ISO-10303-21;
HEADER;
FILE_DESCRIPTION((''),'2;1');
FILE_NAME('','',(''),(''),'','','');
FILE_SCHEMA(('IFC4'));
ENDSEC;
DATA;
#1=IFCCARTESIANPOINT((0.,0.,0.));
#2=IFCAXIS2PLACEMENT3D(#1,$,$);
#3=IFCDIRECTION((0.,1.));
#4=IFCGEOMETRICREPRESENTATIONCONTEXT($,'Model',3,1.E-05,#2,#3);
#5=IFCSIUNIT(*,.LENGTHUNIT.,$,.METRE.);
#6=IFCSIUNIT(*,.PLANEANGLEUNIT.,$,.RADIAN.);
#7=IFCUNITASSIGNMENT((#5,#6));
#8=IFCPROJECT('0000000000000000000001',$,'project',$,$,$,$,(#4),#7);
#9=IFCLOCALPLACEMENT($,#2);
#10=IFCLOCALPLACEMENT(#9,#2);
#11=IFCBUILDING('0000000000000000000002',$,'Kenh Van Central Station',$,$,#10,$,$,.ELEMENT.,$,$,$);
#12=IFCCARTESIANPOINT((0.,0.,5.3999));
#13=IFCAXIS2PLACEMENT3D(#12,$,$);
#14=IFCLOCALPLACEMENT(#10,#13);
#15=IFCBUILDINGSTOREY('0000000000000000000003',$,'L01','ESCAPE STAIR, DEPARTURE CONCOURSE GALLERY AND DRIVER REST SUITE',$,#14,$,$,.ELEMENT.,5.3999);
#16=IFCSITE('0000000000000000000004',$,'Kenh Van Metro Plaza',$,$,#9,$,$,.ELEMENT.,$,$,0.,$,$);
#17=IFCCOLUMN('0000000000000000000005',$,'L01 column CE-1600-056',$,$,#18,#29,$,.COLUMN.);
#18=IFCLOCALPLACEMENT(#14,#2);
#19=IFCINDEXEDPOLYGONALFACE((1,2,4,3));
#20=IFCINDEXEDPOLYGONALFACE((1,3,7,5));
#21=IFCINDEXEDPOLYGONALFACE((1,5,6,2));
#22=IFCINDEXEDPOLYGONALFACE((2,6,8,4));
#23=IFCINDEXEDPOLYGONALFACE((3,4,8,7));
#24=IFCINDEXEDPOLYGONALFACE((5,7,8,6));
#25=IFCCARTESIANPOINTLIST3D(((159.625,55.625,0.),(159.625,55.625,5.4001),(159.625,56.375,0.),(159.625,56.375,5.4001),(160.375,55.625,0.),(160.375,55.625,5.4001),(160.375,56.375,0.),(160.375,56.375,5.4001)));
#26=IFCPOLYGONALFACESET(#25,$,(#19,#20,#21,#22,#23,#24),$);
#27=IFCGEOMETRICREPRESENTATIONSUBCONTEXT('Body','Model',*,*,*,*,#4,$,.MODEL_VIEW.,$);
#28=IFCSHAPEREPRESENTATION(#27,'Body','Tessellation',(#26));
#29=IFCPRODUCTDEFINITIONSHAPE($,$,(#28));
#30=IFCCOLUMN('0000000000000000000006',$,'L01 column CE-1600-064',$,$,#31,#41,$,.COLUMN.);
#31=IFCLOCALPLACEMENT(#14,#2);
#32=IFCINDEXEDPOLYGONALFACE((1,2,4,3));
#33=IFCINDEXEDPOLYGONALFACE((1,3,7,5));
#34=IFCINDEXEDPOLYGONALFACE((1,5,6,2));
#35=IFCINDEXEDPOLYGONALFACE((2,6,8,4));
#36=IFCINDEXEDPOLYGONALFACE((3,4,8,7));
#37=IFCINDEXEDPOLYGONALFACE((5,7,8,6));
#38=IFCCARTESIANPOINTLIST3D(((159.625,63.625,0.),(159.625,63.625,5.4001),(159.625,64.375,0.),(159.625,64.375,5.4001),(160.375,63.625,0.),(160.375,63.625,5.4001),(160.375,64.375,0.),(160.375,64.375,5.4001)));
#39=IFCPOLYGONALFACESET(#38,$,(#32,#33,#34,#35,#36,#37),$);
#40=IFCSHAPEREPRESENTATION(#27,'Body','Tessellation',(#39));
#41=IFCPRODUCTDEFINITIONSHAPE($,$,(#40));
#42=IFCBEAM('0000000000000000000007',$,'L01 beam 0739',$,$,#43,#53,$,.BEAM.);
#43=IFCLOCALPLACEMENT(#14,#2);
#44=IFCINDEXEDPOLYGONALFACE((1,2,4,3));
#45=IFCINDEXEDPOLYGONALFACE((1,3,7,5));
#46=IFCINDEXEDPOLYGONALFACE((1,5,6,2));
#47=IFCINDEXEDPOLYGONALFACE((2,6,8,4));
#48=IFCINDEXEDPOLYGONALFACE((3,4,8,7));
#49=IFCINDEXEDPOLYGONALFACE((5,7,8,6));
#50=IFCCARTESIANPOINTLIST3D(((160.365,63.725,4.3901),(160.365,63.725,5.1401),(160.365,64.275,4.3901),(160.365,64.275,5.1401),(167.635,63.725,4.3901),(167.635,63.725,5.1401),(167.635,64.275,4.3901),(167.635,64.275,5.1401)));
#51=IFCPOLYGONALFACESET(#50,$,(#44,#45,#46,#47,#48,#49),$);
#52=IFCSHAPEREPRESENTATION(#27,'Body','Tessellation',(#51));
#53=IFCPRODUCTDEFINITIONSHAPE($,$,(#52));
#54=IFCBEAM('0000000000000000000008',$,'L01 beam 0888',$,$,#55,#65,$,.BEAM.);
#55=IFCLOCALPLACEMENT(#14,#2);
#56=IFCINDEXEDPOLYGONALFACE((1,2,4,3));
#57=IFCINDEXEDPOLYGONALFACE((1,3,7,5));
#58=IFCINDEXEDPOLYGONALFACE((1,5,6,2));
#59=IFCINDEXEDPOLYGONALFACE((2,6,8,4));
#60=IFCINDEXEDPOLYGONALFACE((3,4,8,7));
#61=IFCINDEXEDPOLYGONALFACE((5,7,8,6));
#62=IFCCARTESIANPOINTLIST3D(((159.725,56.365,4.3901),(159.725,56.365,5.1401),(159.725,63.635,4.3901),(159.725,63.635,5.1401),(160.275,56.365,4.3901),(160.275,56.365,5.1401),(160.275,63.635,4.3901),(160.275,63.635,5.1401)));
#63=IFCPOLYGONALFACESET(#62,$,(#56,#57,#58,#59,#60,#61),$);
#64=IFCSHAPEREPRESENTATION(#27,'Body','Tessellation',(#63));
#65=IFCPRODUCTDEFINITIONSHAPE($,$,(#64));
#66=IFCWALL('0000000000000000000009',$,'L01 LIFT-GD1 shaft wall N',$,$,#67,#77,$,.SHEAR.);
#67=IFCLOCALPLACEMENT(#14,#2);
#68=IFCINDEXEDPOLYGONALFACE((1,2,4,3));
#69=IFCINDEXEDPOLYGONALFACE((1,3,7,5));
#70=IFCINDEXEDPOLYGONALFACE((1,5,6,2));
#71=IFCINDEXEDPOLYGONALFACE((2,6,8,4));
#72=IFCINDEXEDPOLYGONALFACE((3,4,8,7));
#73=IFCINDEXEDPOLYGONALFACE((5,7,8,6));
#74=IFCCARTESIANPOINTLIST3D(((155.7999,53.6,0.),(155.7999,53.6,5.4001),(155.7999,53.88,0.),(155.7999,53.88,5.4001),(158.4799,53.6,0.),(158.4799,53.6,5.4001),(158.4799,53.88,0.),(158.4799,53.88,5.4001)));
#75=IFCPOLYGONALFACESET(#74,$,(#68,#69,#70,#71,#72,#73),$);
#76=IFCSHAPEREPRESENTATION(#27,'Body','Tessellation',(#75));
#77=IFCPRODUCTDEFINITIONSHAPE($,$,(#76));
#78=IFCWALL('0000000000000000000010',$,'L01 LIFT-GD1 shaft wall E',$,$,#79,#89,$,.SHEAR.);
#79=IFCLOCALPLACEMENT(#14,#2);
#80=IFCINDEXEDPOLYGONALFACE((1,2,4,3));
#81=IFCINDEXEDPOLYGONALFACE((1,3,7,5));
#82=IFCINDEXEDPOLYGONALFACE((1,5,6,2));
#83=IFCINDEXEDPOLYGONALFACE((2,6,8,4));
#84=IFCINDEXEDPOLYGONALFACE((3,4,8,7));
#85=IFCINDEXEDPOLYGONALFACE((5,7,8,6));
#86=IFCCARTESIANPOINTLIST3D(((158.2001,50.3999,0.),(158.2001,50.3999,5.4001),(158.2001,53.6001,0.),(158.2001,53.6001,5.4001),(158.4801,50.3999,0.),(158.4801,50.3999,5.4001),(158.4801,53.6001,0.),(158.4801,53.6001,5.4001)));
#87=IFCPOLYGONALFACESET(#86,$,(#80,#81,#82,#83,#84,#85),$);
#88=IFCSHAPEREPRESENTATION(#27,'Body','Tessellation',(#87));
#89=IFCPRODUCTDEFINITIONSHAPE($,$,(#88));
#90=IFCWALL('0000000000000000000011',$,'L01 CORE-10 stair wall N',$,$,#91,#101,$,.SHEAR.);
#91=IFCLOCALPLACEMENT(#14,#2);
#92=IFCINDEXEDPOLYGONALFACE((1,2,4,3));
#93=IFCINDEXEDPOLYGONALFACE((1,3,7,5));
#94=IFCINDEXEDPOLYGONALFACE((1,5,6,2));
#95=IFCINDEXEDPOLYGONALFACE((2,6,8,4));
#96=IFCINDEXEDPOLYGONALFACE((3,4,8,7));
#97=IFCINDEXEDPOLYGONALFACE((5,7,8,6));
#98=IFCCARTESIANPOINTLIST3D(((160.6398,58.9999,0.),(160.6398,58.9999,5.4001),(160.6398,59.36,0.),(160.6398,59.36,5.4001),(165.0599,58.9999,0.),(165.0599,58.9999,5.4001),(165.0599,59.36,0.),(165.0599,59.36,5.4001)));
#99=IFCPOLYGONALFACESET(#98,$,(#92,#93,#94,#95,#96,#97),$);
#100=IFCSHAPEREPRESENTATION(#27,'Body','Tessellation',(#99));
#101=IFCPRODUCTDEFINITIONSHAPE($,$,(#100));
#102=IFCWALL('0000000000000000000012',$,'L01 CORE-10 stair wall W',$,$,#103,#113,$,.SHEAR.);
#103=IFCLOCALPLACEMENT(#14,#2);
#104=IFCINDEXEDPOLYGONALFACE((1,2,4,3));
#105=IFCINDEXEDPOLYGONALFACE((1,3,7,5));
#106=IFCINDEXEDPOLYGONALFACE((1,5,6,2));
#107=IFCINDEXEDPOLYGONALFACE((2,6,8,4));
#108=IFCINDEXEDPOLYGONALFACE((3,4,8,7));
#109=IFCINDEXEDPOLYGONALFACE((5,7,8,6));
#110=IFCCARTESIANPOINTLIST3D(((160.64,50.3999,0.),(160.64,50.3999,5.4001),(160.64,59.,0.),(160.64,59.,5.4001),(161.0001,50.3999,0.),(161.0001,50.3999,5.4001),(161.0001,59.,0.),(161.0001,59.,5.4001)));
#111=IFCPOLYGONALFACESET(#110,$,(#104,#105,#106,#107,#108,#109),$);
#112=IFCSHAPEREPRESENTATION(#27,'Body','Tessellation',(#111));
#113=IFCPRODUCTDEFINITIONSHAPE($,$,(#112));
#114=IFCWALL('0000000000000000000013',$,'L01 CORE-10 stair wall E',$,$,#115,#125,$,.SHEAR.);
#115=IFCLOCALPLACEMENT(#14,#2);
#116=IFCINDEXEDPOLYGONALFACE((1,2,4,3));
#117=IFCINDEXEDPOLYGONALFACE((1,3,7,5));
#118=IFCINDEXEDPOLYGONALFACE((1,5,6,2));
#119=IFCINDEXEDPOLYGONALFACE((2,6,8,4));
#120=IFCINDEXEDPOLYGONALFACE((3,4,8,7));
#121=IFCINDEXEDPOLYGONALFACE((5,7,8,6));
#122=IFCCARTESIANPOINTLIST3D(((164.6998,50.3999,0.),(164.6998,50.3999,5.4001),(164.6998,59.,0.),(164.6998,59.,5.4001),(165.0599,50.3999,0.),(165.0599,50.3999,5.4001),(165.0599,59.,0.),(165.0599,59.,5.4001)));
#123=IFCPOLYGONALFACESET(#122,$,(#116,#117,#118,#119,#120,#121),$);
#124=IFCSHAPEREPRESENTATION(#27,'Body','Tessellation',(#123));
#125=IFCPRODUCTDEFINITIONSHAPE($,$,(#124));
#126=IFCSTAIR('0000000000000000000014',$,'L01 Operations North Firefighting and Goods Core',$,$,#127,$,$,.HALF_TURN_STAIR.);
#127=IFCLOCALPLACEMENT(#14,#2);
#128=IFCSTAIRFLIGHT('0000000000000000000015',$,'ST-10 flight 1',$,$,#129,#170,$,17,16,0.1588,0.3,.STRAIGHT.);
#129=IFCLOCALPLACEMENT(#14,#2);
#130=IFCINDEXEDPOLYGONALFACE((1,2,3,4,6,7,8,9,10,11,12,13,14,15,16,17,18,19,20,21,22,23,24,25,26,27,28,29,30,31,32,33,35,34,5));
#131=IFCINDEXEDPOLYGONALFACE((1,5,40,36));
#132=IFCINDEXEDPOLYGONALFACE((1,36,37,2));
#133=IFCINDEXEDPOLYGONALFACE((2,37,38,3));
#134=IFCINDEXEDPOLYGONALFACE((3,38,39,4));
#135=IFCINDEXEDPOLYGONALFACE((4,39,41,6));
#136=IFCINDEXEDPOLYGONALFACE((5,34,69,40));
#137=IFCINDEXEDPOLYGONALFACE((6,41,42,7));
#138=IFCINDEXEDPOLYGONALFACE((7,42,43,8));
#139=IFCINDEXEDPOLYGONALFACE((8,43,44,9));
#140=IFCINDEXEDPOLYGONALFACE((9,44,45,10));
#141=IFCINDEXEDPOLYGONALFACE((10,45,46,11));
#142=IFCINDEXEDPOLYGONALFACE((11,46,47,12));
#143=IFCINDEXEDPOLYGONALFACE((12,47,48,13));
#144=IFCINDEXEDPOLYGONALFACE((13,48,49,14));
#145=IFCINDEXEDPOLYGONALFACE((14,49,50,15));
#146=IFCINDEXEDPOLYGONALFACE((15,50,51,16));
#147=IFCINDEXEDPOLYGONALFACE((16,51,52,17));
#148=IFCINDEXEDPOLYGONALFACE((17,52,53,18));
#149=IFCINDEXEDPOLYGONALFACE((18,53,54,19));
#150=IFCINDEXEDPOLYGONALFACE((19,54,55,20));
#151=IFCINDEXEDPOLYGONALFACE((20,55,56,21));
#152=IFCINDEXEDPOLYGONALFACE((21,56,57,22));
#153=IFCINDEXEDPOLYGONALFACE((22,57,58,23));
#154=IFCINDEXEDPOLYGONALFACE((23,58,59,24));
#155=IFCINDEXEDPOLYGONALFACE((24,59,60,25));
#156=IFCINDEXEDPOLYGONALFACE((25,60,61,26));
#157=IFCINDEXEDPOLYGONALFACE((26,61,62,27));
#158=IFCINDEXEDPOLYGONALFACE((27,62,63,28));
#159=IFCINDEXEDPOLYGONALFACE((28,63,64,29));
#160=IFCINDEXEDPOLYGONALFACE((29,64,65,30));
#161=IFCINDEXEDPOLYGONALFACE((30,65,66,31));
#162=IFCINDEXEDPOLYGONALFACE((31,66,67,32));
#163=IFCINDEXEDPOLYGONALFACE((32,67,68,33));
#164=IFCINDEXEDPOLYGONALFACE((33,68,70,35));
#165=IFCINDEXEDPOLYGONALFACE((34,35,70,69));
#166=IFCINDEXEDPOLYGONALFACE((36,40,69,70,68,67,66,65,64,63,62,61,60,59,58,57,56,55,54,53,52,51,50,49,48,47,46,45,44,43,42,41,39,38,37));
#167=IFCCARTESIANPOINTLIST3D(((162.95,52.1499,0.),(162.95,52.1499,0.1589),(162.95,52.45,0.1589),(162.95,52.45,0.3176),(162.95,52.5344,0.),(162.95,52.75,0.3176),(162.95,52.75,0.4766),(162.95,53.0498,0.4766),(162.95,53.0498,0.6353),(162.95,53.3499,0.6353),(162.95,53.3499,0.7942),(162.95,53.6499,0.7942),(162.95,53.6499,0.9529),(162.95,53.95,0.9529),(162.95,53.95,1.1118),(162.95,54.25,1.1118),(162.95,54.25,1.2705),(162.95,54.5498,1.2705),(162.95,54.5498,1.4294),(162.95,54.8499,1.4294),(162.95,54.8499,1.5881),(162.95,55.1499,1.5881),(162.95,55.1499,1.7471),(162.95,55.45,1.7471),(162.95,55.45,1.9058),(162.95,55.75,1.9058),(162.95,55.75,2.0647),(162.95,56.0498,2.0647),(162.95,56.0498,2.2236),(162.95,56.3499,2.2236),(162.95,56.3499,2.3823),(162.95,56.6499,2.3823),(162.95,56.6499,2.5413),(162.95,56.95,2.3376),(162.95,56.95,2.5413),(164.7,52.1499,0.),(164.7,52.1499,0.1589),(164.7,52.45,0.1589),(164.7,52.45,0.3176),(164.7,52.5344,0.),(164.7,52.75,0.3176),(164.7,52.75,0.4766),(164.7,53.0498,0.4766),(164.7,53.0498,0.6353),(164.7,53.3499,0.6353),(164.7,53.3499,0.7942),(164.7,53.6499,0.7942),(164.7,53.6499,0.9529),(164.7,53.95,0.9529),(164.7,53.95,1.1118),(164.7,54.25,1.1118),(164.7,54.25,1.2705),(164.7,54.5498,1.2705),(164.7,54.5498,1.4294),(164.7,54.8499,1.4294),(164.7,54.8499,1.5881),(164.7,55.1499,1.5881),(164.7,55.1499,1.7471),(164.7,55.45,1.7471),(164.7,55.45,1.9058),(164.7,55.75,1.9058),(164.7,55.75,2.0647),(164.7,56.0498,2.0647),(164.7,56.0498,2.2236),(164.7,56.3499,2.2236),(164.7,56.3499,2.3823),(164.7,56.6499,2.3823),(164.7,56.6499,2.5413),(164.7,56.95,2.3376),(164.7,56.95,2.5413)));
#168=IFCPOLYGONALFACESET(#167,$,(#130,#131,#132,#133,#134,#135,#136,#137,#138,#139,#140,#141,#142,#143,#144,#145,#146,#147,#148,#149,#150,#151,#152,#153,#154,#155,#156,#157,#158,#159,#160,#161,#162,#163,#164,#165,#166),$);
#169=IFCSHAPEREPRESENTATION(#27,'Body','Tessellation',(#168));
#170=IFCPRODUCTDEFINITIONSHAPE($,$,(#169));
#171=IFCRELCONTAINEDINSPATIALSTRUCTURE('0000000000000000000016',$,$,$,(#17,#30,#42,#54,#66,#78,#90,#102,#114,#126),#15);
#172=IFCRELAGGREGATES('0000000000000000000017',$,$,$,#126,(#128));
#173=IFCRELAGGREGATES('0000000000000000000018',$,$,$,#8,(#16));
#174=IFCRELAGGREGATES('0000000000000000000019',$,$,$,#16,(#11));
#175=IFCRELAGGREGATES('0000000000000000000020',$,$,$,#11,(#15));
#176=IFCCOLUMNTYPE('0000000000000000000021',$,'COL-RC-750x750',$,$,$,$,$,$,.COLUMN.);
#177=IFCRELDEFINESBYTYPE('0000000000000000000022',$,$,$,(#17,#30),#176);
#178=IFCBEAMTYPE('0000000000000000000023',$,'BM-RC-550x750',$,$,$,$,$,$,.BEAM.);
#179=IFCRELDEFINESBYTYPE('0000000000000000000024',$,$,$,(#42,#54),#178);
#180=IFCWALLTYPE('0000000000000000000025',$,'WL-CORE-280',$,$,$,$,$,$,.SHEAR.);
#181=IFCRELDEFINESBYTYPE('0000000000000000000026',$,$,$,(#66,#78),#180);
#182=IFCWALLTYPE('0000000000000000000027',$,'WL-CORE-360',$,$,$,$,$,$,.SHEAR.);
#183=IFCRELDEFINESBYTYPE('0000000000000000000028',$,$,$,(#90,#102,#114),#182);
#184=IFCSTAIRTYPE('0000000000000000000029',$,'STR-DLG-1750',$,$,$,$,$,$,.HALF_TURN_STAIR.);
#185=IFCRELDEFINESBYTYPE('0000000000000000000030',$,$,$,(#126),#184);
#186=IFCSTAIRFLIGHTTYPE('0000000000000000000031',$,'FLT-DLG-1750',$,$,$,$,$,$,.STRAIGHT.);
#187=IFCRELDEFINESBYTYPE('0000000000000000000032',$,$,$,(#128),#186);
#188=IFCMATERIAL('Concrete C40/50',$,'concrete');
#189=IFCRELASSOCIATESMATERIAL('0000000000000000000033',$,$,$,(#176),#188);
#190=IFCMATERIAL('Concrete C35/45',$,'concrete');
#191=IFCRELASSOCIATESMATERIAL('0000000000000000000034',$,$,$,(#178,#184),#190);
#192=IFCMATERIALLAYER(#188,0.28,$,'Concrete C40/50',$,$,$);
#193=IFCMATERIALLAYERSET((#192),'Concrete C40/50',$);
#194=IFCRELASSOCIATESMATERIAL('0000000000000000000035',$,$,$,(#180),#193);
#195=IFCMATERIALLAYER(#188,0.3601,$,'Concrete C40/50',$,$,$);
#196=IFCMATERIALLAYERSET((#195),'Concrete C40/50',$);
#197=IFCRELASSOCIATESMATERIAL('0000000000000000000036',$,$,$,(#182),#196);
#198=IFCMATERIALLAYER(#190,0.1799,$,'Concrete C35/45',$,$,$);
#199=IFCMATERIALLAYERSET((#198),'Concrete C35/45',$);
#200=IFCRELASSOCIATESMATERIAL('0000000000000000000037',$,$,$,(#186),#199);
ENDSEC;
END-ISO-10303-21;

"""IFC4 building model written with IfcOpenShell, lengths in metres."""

from ifc_helpers import new_model, si_unit, direction, frame, frame_2d, origin, origin_2d, place, context, subcontext, project, spatial, polyline, rectangle, outline, extrude, material, layer, layer_set, material_profile, profile_set, type_object, element, aggregate, save


model = new_model("IFC4")

# Units and contexts
model_context = context("Model", 3, precision=1e-05, world=origin(), true_north=direction((0.0, 1.0)))
body_context = subcontext(model_context, "Body", "Model", "MODEL_VIEW")
ifc_project = project(units=[si_unit("LENGTHUNIT", "METRE"), si_unit("PLANEANGLEUNIT", "RADIAN")], contexts=[model_context])

# Site, building, storey
site_placement = place(None, origin())
site = spatial("IfcSite", under=ifc_project, at=site_placement, Name="Kenh Van Metro Plaza", CompositionType="ELEMENT", RefElevation=0.0)
building_placement = place(site_placement, origin())
building = spatial("IfcBuilding", under=site, at=building_placement, Name="Kenh Van Central Station", CompositionType="ELEMENT")
storey_placement = place(building_placement, frame((0.0, 0.0, 5.3999)))
storey = spatial("IfcBuildingStorey", under=building, at=storey_placement, Name="L01", Description="ESCAPE STAIR, DEPARTURE CONCOURSE GALLERY AND DRIVER REST SUITE", CompositionType="ELEMENT", Elevation=5.3999)

# Columns
ifc_material_1 = material(Name="Concrete C40/50", Category="concrete")
ifc_material_profile_1 = material_profile(ifc_material_1, rectangle(XDim=0.75, YDim=0.75, at=origin_2d()), Name="RC 750x750")
ifc_profile_set_1 = profile_set([ifc_material_profile_1], Name="Concrete C40/50")
column_type = type_object("IfcColumnType", Name="COL-RC-750x750", PredefinedType="COLUMN", material=ifc_profile_set_1)
for number, where, z_axis, x_axis, name in (
    (1, (160.0, 56.0, 0.0), (0.0, 0.0, 1.0), (1.0, 0.0, 0.0), "L01 column CE-1600-056"),
    (2, (160.0, 64.0, 0.0), (0.0, 0.0, 1.0), (1.0, 0.0, 0.0), "L01 column CE-1600-064"),
):
    element("IfcColumn", number, at=place(storey_placement, frame(where, z_axis=z_axis, x_axis=x_axis)), inside=storey, type_object=column_type, Name=name, PredefinedType="COLUMN", context=body_context, shape_type="SweptSolid", body=[
        extrude(rectangle(XDim=0.75, YDim=0.75, at=origin_2d()), origin(), (0.0, 0.0, 1.0), 5.4001),
    ])

# Beams
ifc_material_2 = material(Name="Concrete C35/45", Category="concrete")
ifc_material_profile_2 = material_profile(ifc_material_2, rectangle(XDim=0.55, YDim=0.75, at=origin_2d()), Name="RC 550x750")
ifc_profile_set_2 = profile_set([ifc_material_profile_2], Name="Concrete C35/45")
beam_type = type_object("IfcBeamType", Name="BM-RC-550x750", PredefinedType="BEAM", material=ifc_profile_set_2)
for number, where, z_axis, x_axis, name in (
    (3, (160.365, 64.0, 4.7651), (1.0, 0.0, 0.0), (0.0, 1.0, 0.0), "L01 beam 0739"),
    (4, (160.0, 56.365, 4.7651), (0.0, 1.0, 0.0), (-1.0, 0.0, 0.0), "L01 beam 0888"),
):
    element("IfcBeam", number, at=place(storey_placement, frame(where, z_axis=z_axis, x_axis=x_axis)), inside=storey, type_object=beam_type, Name=name, PredefinedType="BEAM", context=body_context, shape_type="SweptSolid", body=[
        extrude(rectangle(XDim=0.55, YDim=0.75, at=origin_2d()), origin(), (0.0, 0.0, 1.0), 7.27),
    ])

# Walls
ifc_layer_1 = layer(ifc_material_1, 0.28, Name="Concrete C40/50")
ifc_layer_set_1 = layer_set([ifc_layer_1], Name="Concrete C40/50")
wall_type_1 = type_object("IfcWallType", Name="WL-CORE-280", PredefinedType="SHEAR", material=ifc_layer_set_1)
wall_1_placement = place(storey_placement, frame((155.8, 53.74, 0.0), z_axis=(0.0, 0.0, 1.0), x_axis=(1.0, 0.0, 0.0)))
element("IfcWall", 5, at=wall_1_placement, inside=storey, type_object=wall_type_1, Name="L01 LIFT-GD1 shaft wall N", PredefinedType="SHEAR", context=body_context, shape_type="SweptSolid", body=[
    extrude(rectangle(XDim=2.6799, YDim=0.28, at=frame_2d((1.3398, 0.0))), origin(), (0.0, 0.0, 1.0), 5.4001),
])
wall_2_placement = place(storey_placement, frame((158.3401, 50.3999, 0.0), z_axis=(0.0, 0.0, 1.0), x_axis=(0.0, 1.0, 0.0)))
element("IfcWall", 6, at=wall_2_placement, inside=storey, type_object=wall_type_1, Name="L01 LIFT-GD1 shaft wall E", PredefinedType="SHEAR", context=body_context, shape_type="SweptSolid", body=[
    extrude(rectangle(XDim=3.2002, YDim=0.28, at=frame_2d((1.6001, 0.0))), origin(), (0.0, 0.0, 1.0), 5.4001),
])

# Shared definitions
ifc_layer_2 = layer(ifc_material_1, 0.3601, Name="Concrete C40/50")
ifc_layer_set_2 = layer_set([ifc_layer_2], Name="Concrete C40/50")
wall_type_2 = type_object("IfcWallType", Name="WL-CORE-360", PredefinedType="SHEAR", material=ifc_layer_set_2)

# Walls
wall_3_placement = place(storey_placement, frame((160.6399, 59.1799, 0.0), z_axis=(0.0, 0.0, 1.0), x_axis=(1.0, 0.0, 0.0)))
element("IfcWall", 7, at=wall_3_placement, inside=storey, type_object=wall_type_2, Name="L01 CORE-10 stair wall N", PredefinedType="SHEAR", context=body_context, shape_type="SweptSolid", body=[
    extrude(rectangle(XDim=4.4202, YDim=0.3601, at=frame_2d((2.21, 0.0))), origin(), (0.0, 0.0, 1.0), 5.4001),
])
for number, where, z_axis, x_axis, name in (
    (8, (160.8201, 50.3999, 0.0), (0.0, 0.0, 1.0), (0.0, 1.0, 0.0), "L01 CORE-10 stair wall W"),
    (9, (164.8799, 50.3999, 0.0), (0.0, 0.0, 1.0), (0.0, 1.0, 0.0), "L01 CORE-10 stair wall E"),
):
    element("IfcWall", number, at=place(storey_placement, frame(where, z_axis=z_axis, x_axis=x_axis)), inside=storey, type_object=wall_type_2, Name=name, PredefinedType="SHEAR", context=body_context, shape_type="SweptSolid", body=[
        extrude(rectangle(XDim=8.6001, YDim=0.3601, at=frame_2d((4.3, 0.0))), origin(), (0.0, 0.0, 1.0), 5.4001),
    ])

# Stair, stair flight
stair_type = type_object("IfcStairType", Name="STR-DLG-1750", PredefinedType="HALF_TURN_STAIR", material=ifc_material_2)
stair_placement = place(storey_placement, origin())
stair = element("IfcStair", 10, at=stair_placement, inside=storey, type_object=stair_type, Name="L01 Operations North Firefighting and Goods Core", PredefinedType="HALF_TURN_STAIR")
ifc_layer_3 = layer(ifc_material_2, 0.1799, Name="Concrete C35/45")
ifc_layer_set_3 = layer_set([ifc_layer_3], Name="Concrete C35/45")
stair_flight_type = type_object("IfcStairFlightType", Name="FLT-DLG-1750", PredefinedType="STRAIGHT", material=ifc_layer_set_3)
stair_flight_1_placement = place(storey_placement, frame((163.825, 52.1499, 0.0), z_axis=(0.0, 0.0, 1.0), x_axis=(0.0, 1.0, 0.0)))
stair_flight_1 = element("IfcStairFlight", 11, at=stair_flight_1_placement, type_object=stair_flight_type, Name="ST-10 flight 1", NumberOfRisers=17, NumberOfTreads=16, PredefinedType="STRAIGHT", RiserHeight=0.1588, TreadLength=0.3, context=body_context, shape_type="SweptSolid", body=[
    extrude(outline(polyline([(0.0, 0.0), (0.0, 0.1589), (0.3, 0.1589), (0.3, 0.3176), (0.6001, 0.3176), (0.6001, 0.4766), (0.8999, 0.4766), (0.8999, 0.6353), (1.2, 0.6353), (1.2, 0.7942), (1.5, 0.7942), (1.5, 0.9529), (1.8, 0.9529), (1.8, 1.1118), (2.1001, 1.1118), (2.1001, 1.2705), (2.3999, 1.2705), (2.3999, 1.4294), (2.7, 1.4294), (2.7, 1.5881), (3.0, 1.5881), (3.0, 1.7471), (3.3, 1.7471), (3.3, 1.9058), (3.6001, 1.9058), (3.6001, 2.0647), (3.8999, 2.0647), (3.8999, 2.2236), (4.2, 2.2236), (4.2, 2.3823), (4.5, 2.3823), (4.5, 2.5413), (4.8, 2.5413), (4.8, 2.7), (4.8, 2.3376), (0.3845, 0.0), (0.0, 0.0)])), frame((0.0, 0.875, 0.0), z_axis=(0.0, -1.0, 0.0), x_axis=(1.0, 0.0, 0.0)), (0.0, 0.0, 1.0), 1.75),
])
aggregate(stair, [stair_flight_1])

save(model, "model.ifc")
